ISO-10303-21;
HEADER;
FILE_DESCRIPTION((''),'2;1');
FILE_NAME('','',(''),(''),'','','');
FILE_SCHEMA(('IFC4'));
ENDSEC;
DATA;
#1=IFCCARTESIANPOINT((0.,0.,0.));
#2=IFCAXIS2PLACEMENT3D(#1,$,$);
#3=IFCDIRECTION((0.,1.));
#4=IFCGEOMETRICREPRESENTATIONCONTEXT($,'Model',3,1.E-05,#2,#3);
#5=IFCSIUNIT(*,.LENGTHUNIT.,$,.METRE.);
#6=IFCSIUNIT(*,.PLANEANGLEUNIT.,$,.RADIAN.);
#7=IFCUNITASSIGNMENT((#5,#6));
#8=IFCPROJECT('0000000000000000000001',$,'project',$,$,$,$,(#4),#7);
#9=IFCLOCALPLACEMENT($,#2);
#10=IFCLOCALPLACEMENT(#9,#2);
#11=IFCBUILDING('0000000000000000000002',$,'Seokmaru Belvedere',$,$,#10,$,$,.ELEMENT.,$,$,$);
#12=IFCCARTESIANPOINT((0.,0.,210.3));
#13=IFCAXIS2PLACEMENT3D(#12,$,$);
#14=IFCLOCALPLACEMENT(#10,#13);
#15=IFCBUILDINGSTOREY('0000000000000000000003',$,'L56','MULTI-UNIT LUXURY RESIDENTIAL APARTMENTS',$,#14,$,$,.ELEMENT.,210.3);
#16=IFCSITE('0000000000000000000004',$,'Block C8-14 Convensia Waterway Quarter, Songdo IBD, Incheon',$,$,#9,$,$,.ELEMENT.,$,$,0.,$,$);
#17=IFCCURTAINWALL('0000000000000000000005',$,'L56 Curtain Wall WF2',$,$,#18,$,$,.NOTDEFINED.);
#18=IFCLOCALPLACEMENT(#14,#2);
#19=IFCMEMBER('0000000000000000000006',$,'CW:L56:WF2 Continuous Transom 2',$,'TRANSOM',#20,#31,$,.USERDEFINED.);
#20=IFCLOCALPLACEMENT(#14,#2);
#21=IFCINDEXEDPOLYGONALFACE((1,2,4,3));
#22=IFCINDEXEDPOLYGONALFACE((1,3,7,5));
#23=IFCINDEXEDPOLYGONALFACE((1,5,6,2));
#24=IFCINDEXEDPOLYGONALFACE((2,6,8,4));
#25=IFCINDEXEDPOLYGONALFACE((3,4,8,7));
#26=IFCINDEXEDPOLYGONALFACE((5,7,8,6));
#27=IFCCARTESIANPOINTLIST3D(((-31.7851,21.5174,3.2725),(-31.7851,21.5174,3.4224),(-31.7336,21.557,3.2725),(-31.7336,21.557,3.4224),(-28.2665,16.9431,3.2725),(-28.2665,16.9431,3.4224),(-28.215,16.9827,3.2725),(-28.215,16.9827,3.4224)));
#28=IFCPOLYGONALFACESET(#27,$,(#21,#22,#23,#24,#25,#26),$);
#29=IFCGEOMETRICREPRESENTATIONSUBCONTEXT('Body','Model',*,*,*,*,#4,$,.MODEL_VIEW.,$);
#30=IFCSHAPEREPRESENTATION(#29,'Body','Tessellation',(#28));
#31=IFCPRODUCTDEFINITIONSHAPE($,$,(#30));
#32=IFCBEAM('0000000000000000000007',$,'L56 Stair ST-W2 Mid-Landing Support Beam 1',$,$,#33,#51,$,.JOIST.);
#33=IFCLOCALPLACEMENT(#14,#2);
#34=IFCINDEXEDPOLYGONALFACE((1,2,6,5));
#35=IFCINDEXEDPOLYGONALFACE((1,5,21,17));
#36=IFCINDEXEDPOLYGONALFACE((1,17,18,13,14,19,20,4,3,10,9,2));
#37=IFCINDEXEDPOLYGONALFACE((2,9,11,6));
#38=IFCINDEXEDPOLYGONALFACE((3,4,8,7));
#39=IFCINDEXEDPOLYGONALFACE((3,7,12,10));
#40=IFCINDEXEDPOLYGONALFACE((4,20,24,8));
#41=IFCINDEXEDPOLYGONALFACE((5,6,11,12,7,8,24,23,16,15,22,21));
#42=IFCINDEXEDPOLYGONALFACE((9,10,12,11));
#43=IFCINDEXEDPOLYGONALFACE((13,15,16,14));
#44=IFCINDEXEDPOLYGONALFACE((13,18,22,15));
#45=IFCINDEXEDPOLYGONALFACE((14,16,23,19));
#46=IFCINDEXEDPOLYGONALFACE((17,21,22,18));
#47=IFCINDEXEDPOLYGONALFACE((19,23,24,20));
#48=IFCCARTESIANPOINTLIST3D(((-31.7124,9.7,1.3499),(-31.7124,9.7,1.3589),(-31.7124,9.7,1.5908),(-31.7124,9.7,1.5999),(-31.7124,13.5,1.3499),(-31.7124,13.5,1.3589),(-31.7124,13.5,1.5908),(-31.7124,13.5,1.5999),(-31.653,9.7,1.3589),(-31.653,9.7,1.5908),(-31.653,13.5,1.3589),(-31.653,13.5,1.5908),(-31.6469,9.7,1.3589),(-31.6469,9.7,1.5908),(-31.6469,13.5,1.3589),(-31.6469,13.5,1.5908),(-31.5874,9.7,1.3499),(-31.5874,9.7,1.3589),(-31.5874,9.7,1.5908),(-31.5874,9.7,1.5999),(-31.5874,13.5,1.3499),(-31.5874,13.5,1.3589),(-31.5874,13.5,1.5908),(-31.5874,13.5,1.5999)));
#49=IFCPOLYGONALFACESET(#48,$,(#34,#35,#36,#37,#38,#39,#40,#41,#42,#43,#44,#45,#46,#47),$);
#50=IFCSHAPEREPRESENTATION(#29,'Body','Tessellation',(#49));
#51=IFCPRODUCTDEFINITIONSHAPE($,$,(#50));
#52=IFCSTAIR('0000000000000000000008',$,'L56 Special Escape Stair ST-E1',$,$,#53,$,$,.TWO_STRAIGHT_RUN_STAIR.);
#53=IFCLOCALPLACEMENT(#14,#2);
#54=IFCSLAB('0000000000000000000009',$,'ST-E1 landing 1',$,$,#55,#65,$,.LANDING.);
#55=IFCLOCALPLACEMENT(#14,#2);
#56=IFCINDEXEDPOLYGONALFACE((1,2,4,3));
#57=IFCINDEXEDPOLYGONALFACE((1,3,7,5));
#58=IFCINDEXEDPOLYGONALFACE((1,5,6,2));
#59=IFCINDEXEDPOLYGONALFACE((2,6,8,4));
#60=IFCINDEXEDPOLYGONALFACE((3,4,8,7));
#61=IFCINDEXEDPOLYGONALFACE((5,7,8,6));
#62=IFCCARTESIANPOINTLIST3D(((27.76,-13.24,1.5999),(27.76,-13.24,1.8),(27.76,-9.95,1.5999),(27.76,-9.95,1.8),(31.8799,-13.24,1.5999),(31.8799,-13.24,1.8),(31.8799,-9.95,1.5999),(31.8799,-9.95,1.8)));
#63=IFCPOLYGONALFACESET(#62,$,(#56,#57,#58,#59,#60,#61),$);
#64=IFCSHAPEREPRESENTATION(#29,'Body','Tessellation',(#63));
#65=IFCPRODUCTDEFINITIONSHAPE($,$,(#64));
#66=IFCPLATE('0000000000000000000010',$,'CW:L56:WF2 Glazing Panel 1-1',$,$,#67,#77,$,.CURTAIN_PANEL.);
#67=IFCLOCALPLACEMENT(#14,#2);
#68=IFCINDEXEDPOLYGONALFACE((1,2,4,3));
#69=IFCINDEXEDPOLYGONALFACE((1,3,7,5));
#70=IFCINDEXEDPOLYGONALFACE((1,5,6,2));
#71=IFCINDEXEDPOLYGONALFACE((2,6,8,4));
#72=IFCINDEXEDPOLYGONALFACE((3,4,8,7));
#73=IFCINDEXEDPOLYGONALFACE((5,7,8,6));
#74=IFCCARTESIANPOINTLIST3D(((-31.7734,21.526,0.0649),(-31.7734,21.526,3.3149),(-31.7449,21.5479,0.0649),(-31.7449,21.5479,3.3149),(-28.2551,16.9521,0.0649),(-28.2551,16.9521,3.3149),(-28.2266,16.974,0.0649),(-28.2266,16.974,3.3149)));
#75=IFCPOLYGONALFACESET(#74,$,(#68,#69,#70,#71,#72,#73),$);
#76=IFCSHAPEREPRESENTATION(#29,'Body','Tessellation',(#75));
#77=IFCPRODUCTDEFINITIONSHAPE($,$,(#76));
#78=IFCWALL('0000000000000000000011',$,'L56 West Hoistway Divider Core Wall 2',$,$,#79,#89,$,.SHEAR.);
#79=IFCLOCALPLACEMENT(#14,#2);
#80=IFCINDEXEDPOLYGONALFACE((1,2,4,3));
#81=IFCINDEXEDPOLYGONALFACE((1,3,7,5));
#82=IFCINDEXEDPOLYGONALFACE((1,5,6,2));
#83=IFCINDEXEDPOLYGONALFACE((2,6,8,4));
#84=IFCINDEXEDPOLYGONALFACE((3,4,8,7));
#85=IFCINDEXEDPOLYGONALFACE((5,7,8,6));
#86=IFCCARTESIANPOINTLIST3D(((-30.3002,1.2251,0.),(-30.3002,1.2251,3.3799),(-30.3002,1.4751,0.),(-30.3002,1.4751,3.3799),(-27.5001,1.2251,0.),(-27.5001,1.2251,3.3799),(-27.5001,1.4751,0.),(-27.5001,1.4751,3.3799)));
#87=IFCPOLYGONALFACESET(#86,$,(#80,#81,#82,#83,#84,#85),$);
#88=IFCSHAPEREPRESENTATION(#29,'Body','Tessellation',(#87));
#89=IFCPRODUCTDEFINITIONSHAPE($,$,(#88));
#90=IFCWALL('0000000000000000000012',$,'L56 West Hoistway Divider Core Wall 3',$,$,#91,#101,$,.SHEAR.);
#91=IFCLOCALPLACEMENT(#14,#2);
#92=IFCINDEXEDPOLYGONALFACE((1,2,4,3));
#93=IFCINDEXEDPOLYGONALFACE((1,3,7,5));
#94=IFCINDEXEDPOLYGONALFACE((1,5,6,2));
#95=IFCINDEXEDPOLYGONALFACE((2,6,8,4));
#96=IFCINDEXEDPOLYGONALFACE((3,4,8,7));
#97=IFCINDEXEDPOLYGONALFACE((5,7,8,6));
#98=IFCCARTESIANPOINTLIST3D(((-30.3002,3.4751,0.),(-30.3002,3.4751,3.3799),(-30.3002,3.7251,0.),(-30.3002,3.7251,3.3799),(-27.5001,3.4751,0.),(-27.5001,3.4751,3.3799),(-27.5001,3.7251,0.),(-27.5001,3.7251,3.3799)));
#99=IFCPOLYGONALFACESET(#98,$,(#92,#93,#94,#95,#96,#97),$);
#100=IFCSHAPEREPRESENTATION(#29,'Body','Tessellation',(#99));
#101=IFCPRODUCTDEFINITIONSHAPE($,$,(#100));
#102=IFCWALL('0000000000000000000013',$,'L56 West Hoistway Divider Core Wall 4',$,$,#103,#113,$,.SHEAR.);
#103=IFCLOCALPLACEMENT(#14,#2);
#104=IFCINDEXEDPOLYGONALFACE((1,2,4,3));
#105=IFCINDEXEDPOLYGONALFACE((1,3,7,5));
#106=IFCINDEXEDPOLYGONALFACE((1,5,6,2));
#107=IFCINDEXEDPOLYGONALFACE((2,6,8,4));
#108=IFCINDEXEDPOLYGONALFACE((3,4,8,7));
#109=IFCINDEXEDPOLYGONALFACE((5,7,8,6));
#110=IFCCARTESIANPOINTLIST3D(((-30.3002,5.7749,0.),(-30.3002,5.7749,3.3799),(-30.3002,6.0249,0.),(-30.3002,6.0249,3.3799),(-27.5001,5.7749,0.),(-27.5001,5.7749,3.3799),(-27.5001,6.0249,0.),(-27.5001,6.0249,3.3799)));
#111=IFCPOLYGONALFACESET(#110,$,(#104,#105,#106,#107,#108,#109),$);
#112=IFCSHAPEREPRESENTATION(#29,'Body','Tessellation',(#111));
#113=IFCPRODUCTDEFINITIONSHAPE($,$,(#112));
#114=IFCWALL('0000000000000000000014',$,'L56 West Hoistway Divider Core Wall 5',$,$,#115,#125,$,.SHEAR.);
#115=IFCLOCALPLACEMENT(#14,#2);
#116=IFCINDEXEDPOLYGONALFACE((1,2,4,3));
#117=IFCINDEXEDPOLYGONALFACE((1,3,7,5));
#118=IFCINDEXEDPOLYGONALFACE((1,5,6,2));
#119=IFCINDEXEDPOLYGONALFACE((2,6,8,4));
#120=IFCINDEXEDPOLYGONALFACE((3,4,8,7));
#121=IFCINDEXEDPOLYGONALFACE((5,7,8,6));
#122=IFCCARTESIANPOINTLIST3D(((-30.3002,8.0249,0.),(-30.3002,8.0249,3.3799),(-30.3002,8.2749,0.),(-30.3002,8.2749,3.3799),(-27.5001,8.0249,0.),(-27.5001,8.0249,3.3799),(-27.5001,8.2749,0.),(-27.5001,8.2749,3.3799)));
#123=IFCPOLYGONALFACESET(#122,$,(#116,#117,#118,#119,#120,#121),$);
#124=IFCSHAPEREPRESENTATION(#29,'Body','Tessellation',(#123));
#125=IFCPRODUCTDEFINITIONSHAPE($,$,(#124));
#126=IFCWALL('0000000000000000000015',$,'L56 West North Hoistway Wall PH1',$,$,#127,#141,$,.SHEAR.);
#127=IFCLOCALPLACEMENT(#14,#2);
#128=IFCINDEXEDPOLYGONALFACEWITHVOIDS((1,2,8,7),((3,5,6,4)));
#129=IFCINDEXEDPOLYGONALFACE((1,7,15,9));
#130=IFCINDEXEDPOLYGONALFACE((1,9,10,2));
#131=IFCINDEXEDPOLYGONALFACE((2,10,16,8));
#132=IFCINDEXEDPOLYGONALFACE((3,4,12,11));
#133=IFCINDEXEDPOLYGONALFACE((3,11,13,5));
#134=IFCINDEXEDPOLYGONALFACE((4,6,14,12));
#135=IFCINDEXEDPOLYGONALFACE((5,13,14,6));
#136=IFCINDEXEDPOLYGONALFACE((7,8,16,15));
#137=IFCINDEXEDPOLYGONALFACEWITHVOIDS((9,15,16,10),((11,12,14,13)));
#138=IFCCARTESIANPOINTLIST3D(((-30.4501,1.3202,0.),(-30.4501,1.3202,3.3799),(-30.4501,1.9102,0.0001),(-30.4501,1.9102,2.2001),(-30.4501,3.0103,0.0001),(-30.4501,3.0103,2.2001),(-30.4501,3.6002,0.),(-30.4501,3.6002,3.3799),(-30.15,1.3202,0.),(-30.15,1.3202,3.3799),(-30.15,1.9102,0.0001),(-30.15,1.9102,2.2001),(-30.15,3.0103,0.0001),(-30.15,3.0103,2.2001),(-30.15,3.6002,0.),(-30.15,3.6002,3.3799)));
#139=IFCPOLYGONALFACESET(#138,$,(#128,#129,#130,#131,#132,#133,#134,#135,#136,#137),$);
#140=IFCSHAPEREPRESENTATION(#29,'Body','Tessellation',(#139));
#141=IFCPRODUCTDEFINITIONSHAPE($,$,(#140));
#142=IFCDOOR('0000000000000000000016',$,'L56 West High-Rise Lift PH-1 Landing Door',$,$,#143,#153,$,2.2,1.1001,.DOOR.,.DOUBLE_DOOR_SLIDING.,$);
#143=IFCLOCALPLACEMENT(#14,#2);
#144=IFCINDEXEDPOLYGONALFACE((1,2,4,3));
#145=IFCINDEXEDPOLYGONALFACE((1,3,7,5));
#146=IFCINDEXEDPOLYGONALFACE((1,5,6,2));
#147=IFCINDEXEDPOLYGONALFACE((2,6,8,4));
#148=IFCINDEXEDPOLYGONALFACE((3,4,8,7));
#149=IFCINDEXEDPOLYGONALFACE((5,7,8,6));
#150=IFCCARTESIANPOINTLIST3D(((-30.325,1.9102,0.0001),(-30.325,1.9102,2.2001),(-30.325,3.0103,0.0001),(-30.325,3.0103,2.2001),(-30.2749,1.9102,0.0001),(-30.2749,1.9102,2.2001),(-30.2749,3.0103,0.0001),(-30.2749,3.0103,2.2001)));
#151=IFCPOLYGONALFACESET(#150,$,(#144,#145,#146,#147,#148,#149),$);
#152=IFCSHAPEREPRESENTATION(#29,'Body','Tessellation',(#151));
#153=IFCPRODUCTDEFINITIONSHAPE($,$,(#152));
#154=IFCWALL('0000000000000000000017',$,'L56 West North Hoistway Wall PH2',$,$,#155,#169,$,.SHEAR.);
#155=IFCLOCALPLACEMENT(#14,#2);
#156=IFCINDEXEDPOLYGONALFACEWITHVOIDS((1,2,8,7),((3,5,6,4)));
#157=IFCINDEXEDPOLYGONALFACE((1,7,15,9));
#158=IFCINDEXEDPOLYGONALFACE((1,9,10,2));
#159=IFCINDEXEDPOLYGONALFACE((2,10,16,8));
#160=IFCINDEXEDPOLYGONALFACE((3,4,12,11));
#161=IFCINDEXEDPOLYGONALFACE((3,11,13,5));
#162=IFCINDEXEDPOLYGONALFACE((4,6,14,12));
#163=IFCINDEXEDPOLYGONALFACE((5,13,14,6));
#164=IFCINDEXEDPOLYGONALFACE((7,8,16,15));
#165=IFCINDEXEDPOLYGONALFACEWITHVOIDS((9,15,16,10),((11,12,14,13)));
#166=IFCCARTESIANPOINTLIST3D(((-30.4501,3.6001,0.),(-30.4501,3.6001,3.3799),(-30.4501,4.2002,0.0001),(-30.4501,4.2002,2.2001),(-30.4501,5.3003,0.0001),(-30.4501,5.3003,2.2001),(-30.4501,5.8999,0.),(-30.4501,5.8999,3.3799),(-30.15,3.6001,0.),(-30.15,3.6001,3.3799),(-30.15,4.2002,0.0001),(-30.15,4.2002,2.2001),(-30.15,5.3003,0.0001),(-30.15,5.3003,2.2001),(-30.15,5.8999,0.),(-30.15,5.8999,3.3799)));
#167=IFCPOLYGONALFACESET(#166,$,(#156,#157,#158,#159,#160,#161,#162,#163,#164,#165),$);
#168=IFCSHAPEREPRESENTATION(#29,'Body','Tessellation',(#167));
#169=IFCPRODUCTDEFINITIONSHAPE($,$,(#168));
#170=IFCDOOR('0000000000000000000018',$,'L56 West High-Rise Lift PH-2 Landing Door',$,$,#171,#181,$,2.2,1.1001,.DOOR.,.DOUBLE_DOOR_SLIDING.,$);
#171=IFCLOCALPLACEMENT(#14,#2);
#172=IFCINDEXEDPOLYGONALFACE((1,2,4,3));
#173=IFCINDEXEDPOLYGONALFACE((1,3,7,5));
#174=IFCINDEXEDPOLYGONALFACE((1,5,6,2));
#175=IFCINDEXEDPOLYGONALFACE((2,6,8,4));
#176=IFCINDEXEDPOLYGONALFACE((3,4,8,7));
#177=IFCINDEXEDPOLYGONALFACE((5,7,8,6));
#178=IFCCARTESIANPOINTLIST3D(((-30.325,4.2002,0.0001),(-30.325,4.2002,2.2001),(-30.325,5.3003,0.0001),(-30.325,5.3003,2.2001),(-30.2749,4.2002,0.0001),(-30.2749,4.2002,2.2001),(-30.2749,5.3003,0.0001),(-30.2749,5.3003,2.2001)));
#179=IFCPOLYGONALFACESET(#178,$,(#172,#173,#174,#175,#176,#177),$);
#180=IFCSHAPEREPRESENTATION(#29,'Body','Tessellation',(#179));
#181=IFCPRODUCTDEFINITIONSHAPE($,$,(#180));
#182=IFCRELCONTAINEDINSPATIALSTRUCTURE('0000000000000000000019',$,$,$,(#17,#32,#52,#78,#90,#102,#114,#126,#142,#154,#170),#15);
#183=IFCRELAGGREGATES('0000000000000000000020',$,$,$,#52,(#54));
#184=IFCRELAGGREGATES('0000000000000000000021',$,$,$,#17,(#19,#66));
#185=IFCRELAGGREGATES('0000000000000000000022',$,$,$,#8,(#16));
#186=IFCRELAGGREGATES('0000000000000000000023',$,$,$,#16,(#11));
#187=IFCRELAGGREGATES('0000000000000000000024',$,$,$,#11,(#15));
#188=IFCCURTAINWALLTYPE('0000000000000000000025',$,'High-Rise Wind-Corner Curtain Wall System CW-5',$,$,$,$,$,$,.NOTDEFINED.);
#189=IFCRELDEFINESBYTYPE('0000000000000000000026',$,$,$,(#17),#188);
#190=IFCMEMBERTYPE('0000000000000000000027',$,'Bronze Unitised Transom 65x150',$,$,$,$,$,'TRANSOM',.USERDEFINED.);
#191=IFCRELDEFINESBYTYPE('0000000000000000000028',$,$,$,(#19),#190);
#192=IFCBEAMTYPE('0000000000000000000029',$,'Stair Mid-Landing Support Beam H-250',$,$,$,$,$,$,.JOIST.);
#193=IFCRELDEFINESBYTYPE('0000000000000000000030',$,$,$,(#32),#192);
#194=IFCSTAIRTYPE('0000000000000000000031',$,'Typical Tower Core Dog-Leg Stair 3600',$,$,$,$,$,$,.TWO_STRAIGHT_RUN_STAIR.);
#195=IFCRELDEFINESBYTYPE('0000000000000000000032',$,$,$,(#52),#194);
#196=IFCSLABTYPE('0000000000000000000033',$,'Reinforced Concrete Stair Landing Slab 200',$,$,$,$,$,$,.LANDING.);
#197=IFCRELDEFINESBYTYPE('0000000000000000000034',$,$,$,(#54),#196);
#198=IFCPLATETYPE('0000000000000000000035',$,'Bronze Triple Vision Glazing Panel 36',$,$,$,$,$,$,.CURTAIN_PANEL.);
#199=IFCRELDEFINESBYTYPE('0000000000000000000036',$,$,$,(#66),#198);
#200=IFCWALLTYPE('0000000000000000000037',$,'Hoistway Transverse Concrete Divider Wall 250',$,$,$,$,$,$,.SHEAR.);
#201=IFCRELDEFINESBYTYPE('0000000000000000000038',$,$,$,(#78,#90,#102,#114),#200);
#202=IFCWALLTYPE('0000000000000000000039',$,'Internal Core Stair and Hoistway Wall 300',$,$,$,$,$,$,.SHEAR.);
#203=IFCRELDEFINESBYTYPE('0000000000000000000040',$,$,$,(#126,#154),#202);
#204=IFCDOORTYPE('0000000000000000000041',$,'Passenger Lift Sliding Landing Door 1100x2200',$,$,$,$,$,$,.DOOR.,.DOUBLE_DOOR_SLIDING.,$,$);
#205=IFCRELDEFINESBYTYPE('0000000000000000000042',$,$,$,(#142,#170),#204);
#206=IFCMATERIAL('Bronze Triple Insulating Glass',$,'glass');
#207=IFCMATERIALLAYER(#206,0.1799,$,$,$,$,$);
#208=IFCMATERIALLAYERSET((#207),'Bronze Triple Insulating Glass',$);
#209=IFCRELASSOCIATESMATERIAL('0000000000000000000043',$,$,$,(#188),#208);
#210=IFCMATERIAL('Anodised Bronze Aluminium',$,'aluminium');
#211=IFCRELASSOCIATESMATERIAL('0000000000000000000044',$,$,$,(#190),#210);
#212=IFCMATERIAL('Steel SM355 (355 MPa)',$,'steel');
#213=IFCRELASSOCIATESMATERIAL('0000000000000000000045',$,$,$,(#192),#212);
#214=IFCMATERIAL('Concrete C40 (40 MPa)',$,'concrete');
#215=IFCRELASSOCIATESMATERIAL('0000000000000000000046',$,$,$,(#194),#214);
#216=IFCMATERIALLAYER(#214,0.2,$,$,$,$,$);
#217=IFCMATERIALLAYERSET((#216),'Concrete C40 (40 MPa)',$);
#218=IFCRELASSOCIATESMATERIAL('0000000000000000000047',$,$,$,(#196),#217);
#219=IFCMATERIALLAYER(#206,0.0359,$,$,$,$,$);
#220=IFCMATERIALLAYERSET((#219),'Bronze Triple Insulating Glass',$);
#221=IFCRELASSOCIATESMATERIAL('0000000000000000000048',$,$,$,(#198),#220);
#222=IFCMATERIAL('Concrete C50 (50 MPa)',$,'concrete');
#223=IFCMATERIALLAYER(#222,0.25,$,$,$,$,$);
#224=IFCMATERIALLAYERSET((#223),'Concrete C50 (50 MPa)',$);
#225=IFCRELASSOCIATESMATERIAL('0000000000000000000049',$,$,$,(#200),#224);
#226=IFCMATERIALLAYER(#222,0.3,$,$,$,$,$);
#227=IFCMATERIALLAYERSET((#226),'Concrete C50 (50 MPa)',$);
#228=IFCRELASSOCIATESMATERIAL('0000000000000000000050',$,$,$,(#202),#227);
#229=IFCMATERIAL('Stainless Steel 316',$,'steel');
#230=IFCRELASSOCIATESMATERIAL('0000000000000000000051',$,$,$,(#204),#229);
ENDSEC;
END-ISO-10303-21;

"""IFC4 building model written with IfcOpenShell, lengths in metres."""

from ifc_helpers import new_model, si_unit, direction, frame, frame_2d, origin, origin_2d, place, context, subcontext, project, spatial, polyline, rectangle, i_section, outline, extrude, source, transform, mapped, material, layer, layer_set, material_profile, profile_set, type_object, type_shapes, element, fill, aggregate, save


model = new_model("IFC4")

# Units and contexts
model_context = context("Model", 3, precision=1e-05, world=origin(), true_north=direction((0.0, 1.0)))
body_context = subcontext(model_context, "Body", "Model", "MODEL_VIEW")
ifc_project = project(units=[si_unit("LENGTHUNIT", "METRE"), si_unit("PLANEANGLEUNIT", "RADIAN")], contexts=[model_context])

# Site, building, storey
site_placement = place(None, origin())
site = spatial("IfcSite", under=ifc_project, at=site_placement, Name="Block C8-14 Convensia Waterway Quarter, Songdo IBD, Incheon", CompositionType="ELEMENT", RefElevation=0.0)
building_placement = place(site_placement, origin())
building = spatial("IfcBuilding", under=site, at=building_placement, Name="Seokmaru Belvedere", CompositionType="ELEMENT")
storey_placement = place(building_placement, frame((0.0, 0.0, 210.3)))
storey = spatial("IfcBuildingStorey", under=building, at=storey_placement, Name="L56", Description="MULTI-UNIT LUXURY RESIDENTIAL APARTMENTS", CompositionType="ELEMENT", Elevation=210.3)

# Shared definitions
ifc_material_1 = material(Name="Steel SM355 (355 MPa)", Category="steel")

# Curtain wall, member
ifc_material_2 = material(Name="Bronze Triple Insulating Glass", Category="glass")
ifc_layer_1 = layer(ifc_material_2, 0.1799)
ifc_layer_set_1 = layer_set([ifc_layer_1], Name="Bronze Triple Insulating Glass")
curtain_wall_type = type_object("IfcCurtainWallType", Name="High-Rise Wind-Corner Curtain Wall System CW-5", PredefinedType="NOTDEFINED", material=ifc_layer_set_1)
curtain_wall_placement = place(storey_placement, origin())
curtain_wall = element("IfcCurtainWall", 1, at=curtain_wall_placement, inside=storey, type_object=curtain_wall_type, Name="L56 Curtain Wall WF2", PredefinedType="NOTDEFINED")
ifc_material_3 = material(Name="Anodised Bronze Aluminium", Category="aluminium")
ifc_material_profile_1 = material_profile(ifc_material_3, rectangle(XDim=0.0649, YDim=0.1499, at=origin_2d()), Name="CW-T-65x150")
ifc_profile_set_1 = profile_set([ifc_material_profile_1], Name="Anodised Bronze Aluminium")
member_type_1 = type_object("IfcMemberType", Name="Bronze Unitised Transom 65x150", ElementType="TRANSOM", PredefinedType="USERDEFINED", material=ifc_profile_set_1)
shared_shape_1 = source(origin(), body_context, "Body", "SweptSolid", [
    extrude(rectangle(XDim=0.0649, YDim=0.1499, at=origin_2d()), origin(), (0.0, 0.0, 1.0), 5.771),
])
type_shapes(member_type_1, [shared_shape_1])
member_1_placement = place(storey_placement, frame((-28.2407, 16.9629, 3.3474), z_axis=(-0.609703, 0.79263, 0.0), x_axis=(-0.79263, -0.609703, 0.0)))
member_1 = element("IfcMember", 2, at=member_1_placement, type_object=member_type_1, Name="CW:L56:WF2 Continuous Transom 2", ObjectType="TRANSOM", PredefinedType="USERDEFINED", context=body_context, shape_type="MappedRepresentation", body=[
    mapped(shared_shape_1, transform((0.0, 0.0, 0.0), scale=1.0)),
])

# Beam
ifc_material_profile_2 = material_profile(ifc_material_1, i_section(OverallWidth=0.125, OverallDepth=0.25, WebThickness=0.0061, FlangeThickness=0.009, at=origin_2d()), Name="H-250x125x6x9")
ifc_profile_set_2 = profile_set([ifc_material_profile_2], Name="Steel SM355 (355 MPa)")
beam_type_1 = type_object("IfcBeamType", Name="Stair Mid-Landing Support Beam H-250", PredefinedType="JOIST", material=ifc_profile_set_2)
shared_shape_2 = source(origin(), body_context, "Body", "SweptSolid", [
    extrude(i_section(OverallWidth=0.125, OverallDepth=0.25, WebThickness=0.0061, FlangeThickness=0.009, at=origin_2d()), origin(), (0.0, 0.0, 1.0), 3.8),
])
type_shapes(beam_type_1, [shared_shape_2])
beam_1_placement = place(storey_placement, frame((-31.6499, 9.7, 1.4749), z_axis=(0.0, 1.0, 0.0), x_axis=(-1.0, 0.0, 0.0)))
element("IfcBeam", 3, at=beam_1_placement, inside=storey, type_object=beam_type_1, Name="L56 Stair ST-W2 Mid-Landing Support Beam 1", PredefinedType="JOIST", context=body_context, shape_type="MappedRepresentation", body=[
    mapped(shared_shape_2, transform((0.0, 0.0, 0.0), scale=1.0)),
])

# Stair, slab
ifc_material_4 = material(Name="Concrete C40 (40 MPa)", Category="concrete")
stair_type = type_object("IfcStairType", Name="Typical Tower Core Dog-Leg Stair 3600", PredefinedType="TWO_STRAIGHT_RUN_STAIR", material=ifc_material_4)
stair_placement = place(storey_placement, origin())
stair = element("IfcStair", 4, at=stair_placement, inside=storey, type_object=stair_type, Name="L56 Special Escape Stair ST-E1", PredefinedType="TWO_STRAIGHT_RUN_STAIR")
ifc_layer_2 = layer(ifc_material_4, 0.2)
ifc_layer_set_2 = layer_set([ifc_layer_2], Name="Concrete C40 (40 MPa)")
slab_type = type_object("IfcSlabType", Name="Reinforced Concrete Stair Landing Slab 200", PredefinedType="LANDING", material=ifc_layer_set_2)
slab_placement = place(storey_placement, frame((0.0, 0.0, 1.5999)))
slab = element("IfcSlab", 5, at=slab_placement, type_object=slab_type, Name="ST-E1 landing 1", PredefinedType="LANDING", context=body_context, shape_type="SweptSolid", body=[
    extrude(outline(polyline([(27.76, -13.24), (31.8799, -13.24), (31.8799, -9.95), (27.76, -9.95), (27.76, -13.24)])), origin(), (0.0, 0.0, 1.0), 0.2002),
])
aggregate(stair, [slab])

# Plate
ifc_layer_3 = layer(ifc_material_2, 0.0359)
ifc_layer_set_3 = layer_set([ifc_layer_3], Name="Bronze Triple Insulating Glass")
plate_type = type_object("IfcPlateType", Name="Bronze Triple Vision Glazing Panel 36", PredefinedType="CURTAIN_PANEL", material=ifc_layer_set_3)
shared_shape_3 = source(origin(), body_context, "Body", "SweptSolid", [
    extrude(rectangle(XDim=5.7705, YDim=0.0359, at=origin_2d()), origin(), (0.0, 0.0, 1.0), 3.25),
])
type_shapes(plate_type, [shared_shape_3])
plate_placement = place(storey_placement, frame((-30.0, 19.25, 0.0649), z_axis=(0.0, 0.0, 1.0), x_axis=(-0.609701, 0.792631, 0.0)))
plate = element("IfcPlate", 6, at=plate_placement, type_object=plate_type, Name="CW:L56:WF2 Glazing Panel 1-1", PredefinedType="CURTAIN_PANEL", context=body_context, shape_type="MappedRepresentation", body=[
    mapped(shared_shape_3, transform((0.0, 0.0, 0.0), scale=1.0)),
])
aggregate(curtain_wall, [member_1, plate])

# Walls
ifc_material_5 = material(Name="Concrete C50 (50 MPa)", Category="concrete")
ifc_layer_4 = layer(ifc_material_5, 0.25)
ifc_layer_set_4 = layer_set([ifc_layer_4], Name="Concrete C50 (50 MPa)")
wall_type_1 = type_object("IfcWallType", Name="Hoistway Transverse Concrete Divider Wall 250", PredefinedType="SHEAR", material=ifc_layer_set_4)
for number, where, z_axis, x_axis, name in (
    (7, (-30.3, 1.3501, 0.0), (0.0, 0.0, 1.0), (1.0, 0.0, 0.0), "L56 West Hoistway Divider Core Wall 2"),
    (8, (-30.3, 3.6001, 0.0), (0.0, 0.0, 1.0), (1.0, 0.0, 0.0), "L56 West Hoistway Divider Core Wall 3"),
    (9, (-30.3, 5.8999, 0.0), (0.0, 0.0, 1.0), (1.0, 0.0, 0.0), "L56 West Hoistway Divider Core Wall 4"),
    (10, (-30.3, 8.1499, 0.0), (0.0, 0.0, 1.0), (1.0, 0.0, 0.0), "L56 West Hoistway Divider Core Wall 5"),
):
    element("IfcWall", number, at=place(storey_placement, frame(where, z_axis=z_axis, x_axis=x_axis)), inside=storey, type_object=wall_type_1, Name=name, PredefinedType="SHEAR", context=body_context, shape_type="SweptSolid", body=[
        extrude(rectangle(XDim=2.8, YDim=0.25, at=frame_2d((1.3999, 0.0))), origin(), (0.0, 0.0, 1.0), 3.3799),
    ])

# Walls, openings, doors
ifc_layer_5 = layer(ifc_material_5, 0.3)
ifc_layer_set_5 = layer_set([ifc_layer_5], Name="Concrete C50 (50 MPa)")
wall_type_2 = type_object("IfcWallType", Name="Internal Core Stair and Hoistway Wall 300", PredefinedType="SHEAR", material=ifc_layer_set_5)
wall_1_placement = place(storey_placement, frame((-30.3, 1.3201, 0.0), z_axis=(0.0, 0.0, 1.0), x_axis=(0.0, 1.0, 0.0)))
wall_1 = element("IfcWall", 11, at=wall_1_placement, inside=storey, type_object=wall_type_2, Name="L56 West North Hoistway Wall PH1", PredefinedType="SHEAR", context=body_context, shape_type="SweptSolid", body=[
    extrude(rectangle(XDim=2.28, YDim=0.3, at=frame_2d((1.1401, 0.0))), origin(), (0.0, 0.0, 1.0), 3.3799),
])
opening_1_placement = place(wall_1_placement, frame((0.5901, 0.0, 0.0)))
opening_1 = element("IfcOpeningElement", 12, at=opening_1_placement, cuts=wall_1, PredefinedType="OPENING", context=body_context, shape_type="SweptSolid", body=[
    extrude(rectangle(XDim=1.1001, YDim=2.2, at=frame_2d((0.55, 1.1001))), frame((0.0, 0.1602, 0.0), z_axis=(0.0, -1.0, 0.0), x_axis=(1.0, 0.0, 0.0)), (0.0, 0.0, 1.0), 0.3201),
])
ifc_material_6 = material(Name="Stainless Steel 316", Category="steel")
door_type_1 = type_object("IfcDoorType", Name="Passenger Lift Sliding Landing Door 1100x2200", OperationType="DOUBLE_DOOR_SLIDING", PredefinedType="DOOR", material=ifc_material_6)
shared_shape_4 = source(origin(), body_context, "Body", "SweptSolid", [
    extrude(rectangle(XDim=1.1001, YDim=2.2, at=frame_2d((0.55, 1.1001))), frame((0.0, 0.0249, 0.0), z_axis=(0.0, -1.0, 0.0), x_axis=(1.0, 0.0, 0.0)), (0.0, 0.0, 1.0), 0.05),
])
type_shapes(door_type_1, [shared_shape_4])
door_1_placement = place(opening_1_placement, origin())
door_1 = element("IfcDoor", 13, at=door_1_placement, inside=storey, type_object=door_type_1, Name="L56 West High-Rise Lift PH-1 Landing Door", OperationType="DOUBLE_DOOR_SLIDING", OverallHeight=2.2, OverallWidth=1.1001, PredefinedType="DOOR", context=body_context, shape_type="MappedRepresentation", body=[
    mapped(shared_shape_4, transform((0.0, 0.0, 0.0), scale=1.0)),
])
fill(opening_1, door_1)
wall_2_placement = place(storey_placement, frame((-30.3, 3.6001, 0.0), z_axis=(0.0, 0.0, 1.0), x_axis=(0.0, 1.0, 0.0)))
wall_2 = element("IfcWall", 14, at=wall_2_placement, inside=storey, type_object=wall_type_2, Name="L56 West North Hoistway Wall PH2", PredefinedType="SHEAR", context=body_context, shape_type="SweptSolid", body=[
    extrude(rectangle(XDim=2.2998, YDim=0.3, at=frame_2d((1.1499, 0.0))), origin(), (0.0, 0.0, 1.0), 3.3799),
])
opening_2_placement = place(wall_2_placement, frame((0.6001, 0.0, 0.0)))
opening_2 = element("IfcOpeningElement", 15, at=opening_2_placement, cuts=wall_2, PredefinedType="OPENING", context=body_context, shape_type="SweptSolid", body=[
    extrude(rectangle(XDim=1.1001, YDim=2.2, at=frame_2d((0.55, 1.1001))), frame((0.0, 0.1602, 0.0), z_axis=(0.0, -1.0, 0.0), x_axis=(1.0, 0.0, 0.0)), (0.0, 0.0, 1.0), 0.3201),
])
door_2_placement = place(opening_2_placement, origin())
door_2 = element("IfcDoor", 16, at=door_2_placement, inside=storey, type_object=door_type_1, Name="L56 West High-Rise Lift PH-2 Landing Door", OperationType="DOUBLE_DOOR_SLIDING", OverallHeight=2.2, OverallWidth=1.1001, PredefinedType="DOOR", context=body_context, shape_type="MappedRepresentation", body=[
    mapped(shared_shape_4, transform((0.0, 0.0, 0.0), scale=1.0)),
])
fill(opening_2, door_2)

save(model, "model.ifc")
